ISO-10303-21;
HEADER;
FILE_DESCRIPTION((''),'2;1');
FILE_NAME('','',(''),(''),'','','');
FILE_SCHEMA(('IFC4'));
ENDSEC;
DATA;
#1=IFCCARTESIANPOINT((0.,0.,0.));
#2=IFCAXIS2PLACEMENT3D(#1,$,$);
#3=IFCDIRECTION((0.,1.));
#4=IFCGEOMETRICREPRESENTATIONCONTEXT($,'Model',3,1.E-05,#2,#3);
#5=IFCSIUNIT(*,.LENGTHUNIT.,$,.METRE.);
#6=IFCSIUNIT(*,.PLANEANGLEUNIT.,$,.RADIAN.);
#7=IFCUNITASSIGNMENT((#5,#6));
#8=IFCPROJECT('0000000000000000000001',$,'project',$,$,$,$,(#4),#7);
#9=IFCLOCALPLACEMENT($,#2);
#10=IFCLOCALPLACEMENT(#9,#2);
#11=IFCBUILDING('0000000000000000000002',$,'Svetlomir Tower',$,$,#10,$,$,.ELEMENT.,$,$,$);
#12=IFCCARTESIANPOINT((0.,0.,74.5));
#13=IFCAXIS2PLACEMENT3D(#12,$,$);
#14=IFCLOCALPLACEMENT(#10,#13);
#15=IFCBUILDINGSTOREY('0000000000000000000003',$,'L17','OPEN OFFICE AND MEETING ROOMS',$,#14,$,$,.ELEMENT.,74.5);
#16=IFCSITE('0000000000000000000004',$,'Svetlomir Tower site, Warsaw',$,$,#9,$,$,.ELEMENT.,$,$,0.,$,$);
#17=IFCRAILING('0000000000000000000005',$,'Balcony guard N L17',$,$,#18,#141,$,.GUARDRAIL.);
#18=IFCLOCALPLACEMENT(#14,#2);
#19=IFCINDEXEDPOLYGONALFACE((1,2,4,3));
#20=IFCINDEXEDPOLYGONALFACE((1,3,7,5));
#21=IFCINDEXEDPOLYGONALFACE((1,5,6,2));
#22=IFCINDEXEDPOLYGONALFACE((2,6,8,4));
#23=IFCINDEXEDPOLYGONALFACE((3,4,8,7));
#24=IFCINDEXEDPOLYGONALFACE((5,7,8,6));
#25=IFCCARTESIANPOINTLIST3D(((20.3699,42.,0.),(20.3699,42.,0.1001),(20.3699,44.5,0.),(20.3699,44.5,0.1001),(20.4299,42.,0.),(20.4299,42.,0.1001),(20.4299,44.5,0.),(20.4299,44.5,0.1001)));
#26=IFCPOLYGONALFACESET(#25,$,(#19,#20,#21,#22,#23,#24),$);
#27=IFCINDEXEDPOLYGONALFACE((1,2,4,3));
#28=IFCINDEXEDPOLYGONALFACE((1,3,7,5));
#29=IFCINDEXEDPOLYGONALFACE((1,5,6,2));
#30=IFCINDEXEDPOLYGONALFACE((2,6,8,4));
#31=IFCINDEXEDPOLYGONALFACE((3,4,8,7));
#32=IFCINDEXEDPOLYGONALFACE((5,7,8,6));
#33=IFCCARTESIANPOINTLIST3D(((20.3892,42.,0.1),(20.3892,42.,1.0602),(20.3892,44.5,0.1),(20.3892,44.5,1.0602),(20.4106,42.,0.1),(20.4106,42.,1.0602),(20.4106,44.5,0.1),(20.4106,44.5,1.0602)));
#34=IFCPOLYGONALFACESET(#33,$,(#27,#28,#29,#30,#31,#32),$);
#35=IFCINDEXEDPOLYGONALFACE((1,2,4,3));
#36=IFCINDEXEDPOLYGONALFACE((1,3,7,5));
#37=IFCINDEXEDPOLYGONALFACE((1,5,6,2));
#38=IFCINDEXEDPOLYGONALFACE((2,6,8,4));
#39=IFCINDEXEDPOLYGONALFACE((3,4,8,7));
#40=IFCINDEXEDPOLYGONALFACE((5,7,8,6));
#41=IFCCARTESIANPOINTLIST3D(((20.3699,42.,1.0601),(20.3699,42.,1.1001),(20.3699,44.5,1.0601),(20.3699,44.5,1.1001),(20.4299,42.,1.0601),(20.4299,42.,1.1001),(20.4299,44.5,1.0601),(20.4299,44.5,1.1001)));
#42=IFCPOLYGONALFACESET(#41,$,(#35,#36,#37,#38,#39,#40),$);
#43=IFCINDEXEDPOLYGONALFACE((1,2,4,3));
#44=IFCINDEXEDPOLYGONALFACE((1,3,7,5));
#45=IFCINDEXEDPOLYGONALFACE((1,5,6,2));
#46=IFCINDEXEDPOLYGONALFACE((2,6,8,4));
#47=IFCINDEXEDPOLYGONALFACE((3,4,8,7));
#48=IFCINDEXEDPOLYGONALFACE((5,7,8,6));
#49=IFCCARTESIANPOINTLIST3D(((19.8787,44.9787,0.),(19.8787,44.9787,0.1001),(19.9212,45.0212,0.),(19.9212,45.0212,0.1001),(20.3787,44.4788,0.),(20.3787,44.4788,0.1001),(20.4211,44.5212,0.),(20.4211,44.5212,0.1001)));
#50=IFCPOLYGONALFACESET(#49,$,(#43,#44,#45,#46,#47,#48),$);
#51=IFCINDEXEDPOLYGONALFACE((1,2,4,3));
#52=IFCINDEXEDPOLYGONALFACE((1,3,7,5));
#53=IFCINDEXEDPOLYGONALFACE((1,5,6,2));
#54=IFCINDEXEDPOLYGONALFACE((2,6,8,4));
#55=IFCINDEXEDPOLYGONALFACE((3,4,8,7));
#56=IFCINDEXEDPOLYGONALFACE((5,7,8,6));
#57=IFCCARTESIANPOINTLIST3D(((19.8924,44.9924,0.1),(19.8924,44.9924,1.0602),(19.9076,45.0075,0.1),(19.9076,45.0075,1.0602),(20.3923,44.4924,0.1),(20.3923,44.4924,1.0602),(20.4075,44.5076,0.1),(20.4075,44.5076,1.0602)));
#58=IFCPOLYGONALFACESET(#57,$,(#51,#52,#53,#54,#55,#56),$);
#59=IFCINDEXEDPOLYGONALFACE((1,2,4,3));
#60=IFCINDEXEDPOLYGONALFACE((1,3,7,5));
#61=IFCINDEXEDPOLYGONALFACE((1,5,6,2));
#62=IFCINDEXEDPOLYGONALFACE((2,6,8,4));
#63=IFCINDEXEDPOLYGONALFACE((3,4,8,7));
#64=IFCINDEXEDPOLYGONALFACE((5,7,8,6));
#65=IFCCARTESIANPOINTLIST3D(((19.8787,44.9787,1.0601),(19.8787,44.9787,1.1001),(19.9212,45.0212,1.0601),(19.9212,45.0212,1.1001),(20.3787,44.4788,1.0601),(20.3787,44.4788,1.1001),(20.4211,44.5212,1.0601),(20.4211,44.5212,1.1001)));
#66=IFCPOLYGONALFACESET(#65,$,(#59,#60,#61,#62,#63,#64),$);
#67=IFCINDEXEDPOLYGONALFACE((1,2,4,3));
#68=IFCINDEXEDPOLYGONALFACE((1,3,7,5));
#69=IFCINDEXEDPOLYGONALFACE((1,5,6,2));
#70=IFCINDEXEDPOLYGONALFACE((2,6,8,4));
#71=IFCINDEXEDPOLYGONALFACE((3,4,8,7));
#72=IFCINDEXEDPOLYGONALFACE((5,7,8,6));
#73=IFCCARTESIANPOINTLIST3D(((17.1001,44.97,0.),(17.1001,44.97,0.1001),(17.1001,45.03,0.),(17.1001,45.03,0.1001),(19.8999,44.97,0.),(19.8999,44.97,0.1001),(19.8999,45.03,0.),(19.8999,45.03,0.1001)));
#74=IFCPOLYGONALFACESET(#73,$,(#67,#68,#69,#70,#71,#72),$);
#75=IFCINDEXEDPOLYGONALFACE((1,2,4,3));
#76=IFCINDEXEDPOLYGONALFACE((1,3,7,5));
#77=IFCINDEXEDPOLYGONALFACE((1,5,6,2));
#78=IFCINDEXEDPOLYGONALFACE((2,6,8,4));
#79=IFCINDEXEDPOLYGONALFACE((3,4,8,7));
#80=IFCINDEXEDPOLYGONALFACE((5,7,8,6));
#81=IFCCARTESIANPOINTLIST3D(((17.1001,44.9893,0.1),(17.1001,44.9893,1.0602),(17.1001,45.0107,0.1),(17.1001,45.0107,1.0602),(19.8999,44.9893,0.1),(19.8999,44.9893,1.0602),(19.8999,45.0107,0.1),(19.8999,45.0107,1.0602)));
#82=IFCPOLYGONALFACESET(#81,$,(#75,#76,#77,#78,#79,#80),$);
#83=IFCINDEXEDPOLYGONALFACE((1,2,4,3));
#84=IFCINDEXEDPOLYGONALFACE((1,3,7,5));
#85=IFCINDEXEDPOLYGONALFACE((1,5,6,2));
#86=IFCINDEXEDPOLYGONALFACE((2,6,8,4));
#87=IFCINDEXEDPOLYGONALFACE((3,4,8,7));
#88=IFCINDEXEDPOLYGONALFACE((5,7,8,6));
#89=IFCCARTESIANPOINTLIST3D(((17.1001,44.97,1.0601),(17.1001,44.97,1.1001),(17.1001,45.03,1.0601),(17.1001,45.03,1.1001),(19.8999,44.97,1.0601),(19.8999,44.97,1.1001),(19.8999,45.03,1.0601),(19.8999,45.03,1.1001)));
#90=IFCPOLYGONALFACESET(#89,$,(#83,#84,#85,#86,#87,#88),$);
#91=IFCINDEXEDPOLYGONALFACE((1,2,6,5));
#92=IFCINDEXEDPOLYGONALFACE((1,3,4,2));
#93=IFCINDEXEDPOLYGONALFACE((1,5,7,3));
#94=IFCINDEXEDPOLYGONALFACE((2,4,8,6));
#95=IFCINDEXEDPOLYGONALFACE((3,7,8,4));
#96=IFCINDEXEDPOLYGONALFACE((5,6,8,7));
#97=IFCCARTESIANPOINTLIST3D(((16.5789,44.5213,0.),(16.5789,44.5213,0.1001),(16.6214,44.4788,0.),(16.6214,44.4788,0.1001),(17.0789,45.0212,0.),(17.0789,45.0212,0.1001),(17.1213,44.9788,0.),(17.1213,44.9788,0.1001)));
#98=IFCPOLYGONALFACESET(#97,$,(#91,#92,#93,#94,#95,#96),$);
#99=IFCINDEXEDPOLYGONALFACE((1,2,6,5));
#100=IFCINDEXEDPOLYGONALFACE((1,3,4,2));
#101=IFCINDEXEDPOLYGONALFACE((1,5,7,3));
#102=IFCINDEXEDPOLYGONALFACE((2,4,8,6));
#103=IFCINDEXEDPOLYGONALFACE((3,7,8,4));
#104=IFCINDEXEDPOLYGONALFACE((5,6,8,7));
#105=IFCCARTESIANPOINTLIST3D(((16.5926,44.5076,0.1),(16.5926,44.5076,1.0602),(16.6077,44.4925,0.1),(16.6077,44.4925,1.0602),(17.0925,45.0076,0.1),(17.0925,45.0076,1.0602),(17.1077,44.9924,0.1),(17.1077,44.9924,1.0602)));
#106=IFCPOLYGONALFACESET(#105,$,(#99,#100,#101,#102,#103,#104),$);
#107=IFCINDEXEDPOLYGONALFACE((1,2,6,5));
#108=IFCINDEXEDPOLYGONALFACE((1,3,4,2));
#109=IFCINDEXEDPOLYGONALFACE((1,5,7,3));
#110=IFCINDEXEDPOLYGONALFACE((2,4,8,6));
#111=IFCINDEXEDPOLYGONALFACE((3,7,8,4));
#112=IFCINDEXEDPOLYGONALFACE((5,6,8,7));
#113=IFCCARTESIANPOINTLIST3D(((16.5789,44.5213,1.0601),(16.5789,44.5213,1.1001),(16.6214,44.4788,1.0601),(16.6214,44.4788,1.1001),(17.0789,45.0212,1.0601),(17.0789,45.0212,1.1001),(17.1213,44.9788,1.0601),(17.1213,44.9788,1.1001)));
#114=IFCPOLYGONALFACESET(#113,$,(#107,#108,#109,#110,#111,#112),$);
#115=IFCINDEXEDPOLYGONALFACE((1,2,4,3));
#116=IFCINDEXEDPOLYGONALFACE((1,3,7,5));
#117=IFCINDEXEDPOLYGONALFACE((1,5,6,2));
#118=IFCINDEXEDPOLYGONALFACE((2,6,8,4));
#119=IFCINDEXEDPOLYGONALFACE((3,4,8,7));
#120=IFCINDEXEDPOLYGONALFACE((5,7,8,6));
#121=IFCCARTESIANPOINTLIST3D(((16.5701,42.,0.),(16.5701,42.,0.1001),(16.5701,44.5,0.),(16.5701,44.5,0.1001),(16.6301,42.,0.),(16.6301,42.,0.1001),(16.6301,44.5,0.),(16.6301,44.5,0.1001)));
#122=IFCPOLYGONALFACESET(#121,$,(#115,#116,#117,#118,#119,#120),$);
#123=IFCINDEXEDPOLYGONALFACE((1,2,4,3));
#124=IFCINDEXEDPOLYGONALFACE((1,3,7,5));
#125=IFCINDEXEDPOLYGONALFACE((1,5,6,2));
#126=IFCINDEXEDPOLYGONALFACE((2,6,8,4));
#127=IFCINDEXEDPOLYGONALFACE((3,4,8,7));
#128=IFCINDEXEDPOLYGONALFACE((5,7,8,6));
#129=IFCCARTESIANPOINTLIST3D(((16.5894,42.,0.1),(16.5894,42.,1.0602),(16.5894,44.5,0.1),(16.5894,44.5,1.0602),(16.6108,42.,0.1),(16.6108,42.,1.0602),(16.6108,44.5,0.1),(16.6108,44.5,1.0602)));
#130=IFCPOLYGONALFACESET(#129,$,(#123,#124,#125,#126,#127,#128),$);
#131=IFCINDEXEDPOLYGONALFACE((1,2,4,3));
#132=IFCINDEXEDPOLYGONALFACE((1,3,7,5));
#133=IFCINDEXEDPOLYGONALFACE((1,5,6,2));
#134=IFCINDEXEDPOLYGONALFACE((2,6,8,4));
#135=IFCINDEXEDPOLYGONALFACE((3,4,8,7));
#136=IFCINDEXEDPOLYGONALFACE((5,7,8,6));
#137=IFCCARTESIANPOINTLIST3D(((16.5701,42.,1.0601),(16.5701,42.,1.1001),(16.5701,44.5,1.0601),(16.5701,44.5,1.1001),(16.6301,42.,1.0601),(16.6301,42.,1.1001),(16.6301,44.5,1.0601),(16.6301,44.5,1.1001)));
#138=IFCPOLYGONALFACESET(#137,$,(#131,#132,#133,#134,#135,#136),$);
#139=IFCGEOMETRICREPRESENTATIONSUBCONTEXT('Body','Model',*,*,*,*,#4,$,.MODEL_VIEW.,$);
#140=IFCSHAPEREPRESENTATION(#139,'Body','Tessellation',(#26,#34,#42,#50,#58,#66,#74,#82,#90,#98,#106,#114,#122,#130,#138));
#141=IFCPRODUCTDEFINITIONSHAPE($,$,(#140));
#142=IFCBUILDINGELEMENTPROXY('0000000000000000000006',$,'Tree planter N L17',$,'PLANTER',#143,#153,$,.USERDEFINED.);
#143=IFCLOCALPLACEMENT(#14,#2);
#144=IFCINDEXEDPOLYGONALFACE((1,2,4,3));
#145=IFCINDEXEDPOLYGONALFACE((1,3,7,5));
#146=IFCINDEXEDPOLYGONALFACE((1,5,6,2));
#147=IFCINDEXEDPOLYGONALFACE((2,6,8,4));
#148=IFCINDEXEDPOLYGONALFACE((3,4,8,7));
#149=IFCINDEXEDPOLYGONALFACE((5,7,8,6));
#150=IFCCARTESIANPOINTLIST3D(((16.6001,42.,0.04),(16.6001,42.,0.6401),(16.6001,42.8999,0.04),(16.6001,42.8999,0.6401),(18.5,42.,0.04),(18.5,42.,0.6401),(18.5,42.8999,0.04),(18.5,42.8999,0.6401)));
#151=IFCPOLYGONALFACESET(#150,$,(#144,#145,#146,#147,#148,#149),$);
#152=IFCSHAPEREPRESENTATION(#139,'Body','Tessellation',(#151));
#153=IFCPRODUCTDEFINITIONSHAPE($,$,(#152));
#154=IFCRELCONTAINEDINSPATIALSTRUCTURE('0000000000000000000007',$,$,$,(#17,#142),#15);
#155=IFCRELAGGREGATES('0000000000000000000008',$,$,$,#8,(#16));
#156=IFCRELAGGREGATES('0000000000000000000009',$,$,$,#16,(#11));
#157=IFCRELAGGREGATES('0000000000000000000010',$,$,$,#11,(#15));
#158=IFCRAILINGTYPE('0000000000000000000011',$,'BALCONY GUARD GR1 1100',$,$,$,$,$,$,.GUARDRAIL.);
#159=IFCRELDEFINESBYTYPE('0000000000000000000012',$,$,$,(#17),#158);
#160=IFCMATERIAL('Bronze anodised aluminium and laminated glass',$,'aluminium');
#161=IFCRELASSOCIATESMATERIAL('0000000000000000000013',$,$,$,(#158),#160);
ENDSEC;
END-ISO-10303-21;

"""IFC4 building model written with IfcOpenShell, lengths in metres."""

from ifc_helpers import new_model, si_unit, direction, frame, origin, origin_2d, place, context, subcontext, project, spatial, rectangle, extrude, material, type_object, element, save


model = new_model("IFC4")

# Units and contexts
model_context = context("Model", 3, precision=1e-05, world=origin(), true_north=direction((0.0, 1.0)))
body_context = subcontext(model_context, "Body", "Model", "MODEL_VIEW")
ifc_project = project(units=[si_unit("LENGTHUNIT", "METRE"), si_unit("PLANEANGLEUNIT", "RADIAN")], contexts=[model_context])

# Site, building, storey
site_placement = place(None, origin())
site = spatial("IfcSite", under=ifc_project, at=site_placement, Name="Svetlomir Tower site, Warsaw", CompositionType="ELEMENT", RefElevation=0.0)
building_placement = place(site_placement, origin())
building = spatial("IfcBuilding", under=site, at=building_placement, Name="Svetlomir Tower", CompositionType="ELEMENT")
storey_placement = place(building_placement, frame((0.0, 0.0, 74.5)))
storey = spatial("IfcBuildingStorey", under=building, at=storey_placement, Name="L17", Description="OPEN OFFICE AND MEETING ROOMS", CompositionType="ELEMENT", Elevation=74.5)

# Railing
ifc_material_1 = material(Name="Bronze anodised aluminium and laminated glass", Category="aluminium")
railing_type = type_object("IfcRailingType", Name="BALCONY GUARD GR1 1100", PredefinedType="GUARDRAIL", material=ifc_material_1)
railing_placement = place(storey_placement, frame((20.3999, 42.0, 0.0)))
element("IfcRailing", 1, at=railing_placement, inside=storey, type_object=railing_type, Name="Balcony guard N L17", PredefinedType="GUARDRAIL", context=body_context, shape_type="SweptSolid", body=[
    extrude(rectangle(XDim=0.0601, YDim=0.1001, at=origin_2d()), frame((0.0, 0.0, 0.05), z_axis=(0.0, 1.0, 0.0), x_axis=(-1.0, 0.0, 0.0)), (0.0, 0.0, 1.0), 2.5),
    extrude(rectangle(XDim=0.0215, YDim=0.9602, at=origin_2d()), frame((0.0, 0.0, 0.5801), z_axis=(0.0, 1.0, 0.0), x_axis=(-1.0, 0.0, 0.0)), (0.0, 0.0, 1.0), 2.5),
    extrude(rectangle(XDim=0.0601, YDim=0.04, at=origin_2d()), frame((0.0, 0.0, 1.0801), z_axis=(0.0, 1.0, 0.0), x_axis=(-1.0, 0.0, 0.0)), (0.0, 0.0, 1.0), 2.5),
    extrude(rectangle(XDim=0.0601, YDim=0.1001, at=origin_2d()), frame((0.0, 2.5, 0.05), z_axis=(-0.707107, 0.707107, 0.0), x_axis=(-0.707107, -0.707107, 0.0)), (0.0, 0.0, 1.0), 0.707),
    extrude(rectangle(XDim=0.0215, YDim=0.9602, at=origin_2d()), frame((0.0, 2.5, 0.5801), z_axis=(-0.707107, 0.707107, 0.0), x_axis=(-0.707107, -0.707107, 0.0)), (0.0, 0.0, 1.0), 0.707),
    extrude(rectangle(XDim=0.0601, YDim=0.04, at=origin_2d()), frame((0.0, 2.5, 1.0801), z_axis=(-0.707107, 0.707107, 0.0), x_axis=(-0.707107, -0.707107, 0.0)), (0.0, 0.0, 1.0), 0.707),
    extrude(rectangle(XDim=0.0601, YDim=0.1001, at=origin_2d()), frame((-0.5, 3.0, 0.05), z_axis=(-1.0, 0.0, 0.0), x_axis=(0.0, -1.0, 0.0)), (0.0, 0.0, 1.0), 2.7998),
    extrude(rectangle(XDim=0.0215, YDim=0.9602, at=origin_2d()), frame((-0.5, 3.0, 0.5801), z_axis=(-1.0, 0.0, 0.0), x_axis=(0.0, -1.0, 0.0)), (0.0, 0.0, 1.0), 2.7998),
    extrude(rectangle(XDim=0.0601, YDim=0.04, at=origin_2d()), frame((-0.5, 3.0, 1.0801), z_axis=(-1.0, 0.0, 0.0), x_axis=(0.0, -1.0, 0.0)), (0.0, 0.0, 1.0), 2.7998),
    extrude(rectangle(XDim=0.0601, YDim=0.1001, at=origin_2d()), frame((-3.2998, 3.0, 0.05), z_axis=(-0.707107, -0.707107, 0.0), x_axis=(0.707107, -0.707107, 0.0)), (0.0, 0.0, 1.0), 0.707),
    extrude(rectangle(XDim=0.0215, YDim=0.9602, at=origin_2d()), frame((-3.2998, 3.0, 0.5801), z_axis=(-0.707107, -0.707107, 0.0), x_axis=(0.707107, -0.707107, 0.0)), (0.0, 0.0, 1.0), 0.707),
    extrude(rectangle(XDim=0.0601, YDim=0.04, at=origin_2d()), frame((-3.2998, 3.0, 1.0801), z_axis=(-0.707107, -0.707107, 0.0), x_axis=(0.707107, -0.707107, 0.0)), (0.0, 0.0, 1.0), 0.707),
    extrude(rectangle(XDim=0.0601, YDim=0.1001, at=origin_2d()), frame((-3.7998, 2.5, 0.05), z_axis=(0.0, -1.0, 0.0), x_axis=(1.0, 0.0, 0.0)), (0.0, 0.0, 1.0), 2.5),
    extrude(rectangle(XDim=0.0215, YDim=0.9602, at=origin_2d()), frame((-3.7998, 2.5, 0.5801), z_axis=(0.0, -1.0, 0.0), x_axis=(1.0, 0.0, 0.0)), (0.0, 0.0, 1.0), 2.5),
    extrude(rectangle(XDim=0.0601, YDim=0.04, at=origin_2d()), frame((-3.7998, 2.5, 1.0801), z_axis=(0.0, -1.0, 0.0), x_axis=(1.0, 0.0, 0.0)), (0.0, 0.0, 1.0), 2.5),
])

# Building element proxy
proxy_placement = place(storey_placement, frame((17.55, 42.45, 0.04), z_axis=(0.0, 0.0, 1.0), x_axis=(1.0, 0.0, 0.0)))
element("IfcBuildingElementProxy", 2, at=proxy_placement, inside=storey, Name="Tree planter N L17", ObjectType="PLANTER", PredefinedType="USERDEFINED", context=body_context, shape_type="SweptSolid", body=[
    extrude(rectangle(XDim=1.8999, YDim=0.8999, at=origin_2d()), origin(), (0.0, 0.0, 1.0), 0.6001),
])

save(model, "model.ifc")
